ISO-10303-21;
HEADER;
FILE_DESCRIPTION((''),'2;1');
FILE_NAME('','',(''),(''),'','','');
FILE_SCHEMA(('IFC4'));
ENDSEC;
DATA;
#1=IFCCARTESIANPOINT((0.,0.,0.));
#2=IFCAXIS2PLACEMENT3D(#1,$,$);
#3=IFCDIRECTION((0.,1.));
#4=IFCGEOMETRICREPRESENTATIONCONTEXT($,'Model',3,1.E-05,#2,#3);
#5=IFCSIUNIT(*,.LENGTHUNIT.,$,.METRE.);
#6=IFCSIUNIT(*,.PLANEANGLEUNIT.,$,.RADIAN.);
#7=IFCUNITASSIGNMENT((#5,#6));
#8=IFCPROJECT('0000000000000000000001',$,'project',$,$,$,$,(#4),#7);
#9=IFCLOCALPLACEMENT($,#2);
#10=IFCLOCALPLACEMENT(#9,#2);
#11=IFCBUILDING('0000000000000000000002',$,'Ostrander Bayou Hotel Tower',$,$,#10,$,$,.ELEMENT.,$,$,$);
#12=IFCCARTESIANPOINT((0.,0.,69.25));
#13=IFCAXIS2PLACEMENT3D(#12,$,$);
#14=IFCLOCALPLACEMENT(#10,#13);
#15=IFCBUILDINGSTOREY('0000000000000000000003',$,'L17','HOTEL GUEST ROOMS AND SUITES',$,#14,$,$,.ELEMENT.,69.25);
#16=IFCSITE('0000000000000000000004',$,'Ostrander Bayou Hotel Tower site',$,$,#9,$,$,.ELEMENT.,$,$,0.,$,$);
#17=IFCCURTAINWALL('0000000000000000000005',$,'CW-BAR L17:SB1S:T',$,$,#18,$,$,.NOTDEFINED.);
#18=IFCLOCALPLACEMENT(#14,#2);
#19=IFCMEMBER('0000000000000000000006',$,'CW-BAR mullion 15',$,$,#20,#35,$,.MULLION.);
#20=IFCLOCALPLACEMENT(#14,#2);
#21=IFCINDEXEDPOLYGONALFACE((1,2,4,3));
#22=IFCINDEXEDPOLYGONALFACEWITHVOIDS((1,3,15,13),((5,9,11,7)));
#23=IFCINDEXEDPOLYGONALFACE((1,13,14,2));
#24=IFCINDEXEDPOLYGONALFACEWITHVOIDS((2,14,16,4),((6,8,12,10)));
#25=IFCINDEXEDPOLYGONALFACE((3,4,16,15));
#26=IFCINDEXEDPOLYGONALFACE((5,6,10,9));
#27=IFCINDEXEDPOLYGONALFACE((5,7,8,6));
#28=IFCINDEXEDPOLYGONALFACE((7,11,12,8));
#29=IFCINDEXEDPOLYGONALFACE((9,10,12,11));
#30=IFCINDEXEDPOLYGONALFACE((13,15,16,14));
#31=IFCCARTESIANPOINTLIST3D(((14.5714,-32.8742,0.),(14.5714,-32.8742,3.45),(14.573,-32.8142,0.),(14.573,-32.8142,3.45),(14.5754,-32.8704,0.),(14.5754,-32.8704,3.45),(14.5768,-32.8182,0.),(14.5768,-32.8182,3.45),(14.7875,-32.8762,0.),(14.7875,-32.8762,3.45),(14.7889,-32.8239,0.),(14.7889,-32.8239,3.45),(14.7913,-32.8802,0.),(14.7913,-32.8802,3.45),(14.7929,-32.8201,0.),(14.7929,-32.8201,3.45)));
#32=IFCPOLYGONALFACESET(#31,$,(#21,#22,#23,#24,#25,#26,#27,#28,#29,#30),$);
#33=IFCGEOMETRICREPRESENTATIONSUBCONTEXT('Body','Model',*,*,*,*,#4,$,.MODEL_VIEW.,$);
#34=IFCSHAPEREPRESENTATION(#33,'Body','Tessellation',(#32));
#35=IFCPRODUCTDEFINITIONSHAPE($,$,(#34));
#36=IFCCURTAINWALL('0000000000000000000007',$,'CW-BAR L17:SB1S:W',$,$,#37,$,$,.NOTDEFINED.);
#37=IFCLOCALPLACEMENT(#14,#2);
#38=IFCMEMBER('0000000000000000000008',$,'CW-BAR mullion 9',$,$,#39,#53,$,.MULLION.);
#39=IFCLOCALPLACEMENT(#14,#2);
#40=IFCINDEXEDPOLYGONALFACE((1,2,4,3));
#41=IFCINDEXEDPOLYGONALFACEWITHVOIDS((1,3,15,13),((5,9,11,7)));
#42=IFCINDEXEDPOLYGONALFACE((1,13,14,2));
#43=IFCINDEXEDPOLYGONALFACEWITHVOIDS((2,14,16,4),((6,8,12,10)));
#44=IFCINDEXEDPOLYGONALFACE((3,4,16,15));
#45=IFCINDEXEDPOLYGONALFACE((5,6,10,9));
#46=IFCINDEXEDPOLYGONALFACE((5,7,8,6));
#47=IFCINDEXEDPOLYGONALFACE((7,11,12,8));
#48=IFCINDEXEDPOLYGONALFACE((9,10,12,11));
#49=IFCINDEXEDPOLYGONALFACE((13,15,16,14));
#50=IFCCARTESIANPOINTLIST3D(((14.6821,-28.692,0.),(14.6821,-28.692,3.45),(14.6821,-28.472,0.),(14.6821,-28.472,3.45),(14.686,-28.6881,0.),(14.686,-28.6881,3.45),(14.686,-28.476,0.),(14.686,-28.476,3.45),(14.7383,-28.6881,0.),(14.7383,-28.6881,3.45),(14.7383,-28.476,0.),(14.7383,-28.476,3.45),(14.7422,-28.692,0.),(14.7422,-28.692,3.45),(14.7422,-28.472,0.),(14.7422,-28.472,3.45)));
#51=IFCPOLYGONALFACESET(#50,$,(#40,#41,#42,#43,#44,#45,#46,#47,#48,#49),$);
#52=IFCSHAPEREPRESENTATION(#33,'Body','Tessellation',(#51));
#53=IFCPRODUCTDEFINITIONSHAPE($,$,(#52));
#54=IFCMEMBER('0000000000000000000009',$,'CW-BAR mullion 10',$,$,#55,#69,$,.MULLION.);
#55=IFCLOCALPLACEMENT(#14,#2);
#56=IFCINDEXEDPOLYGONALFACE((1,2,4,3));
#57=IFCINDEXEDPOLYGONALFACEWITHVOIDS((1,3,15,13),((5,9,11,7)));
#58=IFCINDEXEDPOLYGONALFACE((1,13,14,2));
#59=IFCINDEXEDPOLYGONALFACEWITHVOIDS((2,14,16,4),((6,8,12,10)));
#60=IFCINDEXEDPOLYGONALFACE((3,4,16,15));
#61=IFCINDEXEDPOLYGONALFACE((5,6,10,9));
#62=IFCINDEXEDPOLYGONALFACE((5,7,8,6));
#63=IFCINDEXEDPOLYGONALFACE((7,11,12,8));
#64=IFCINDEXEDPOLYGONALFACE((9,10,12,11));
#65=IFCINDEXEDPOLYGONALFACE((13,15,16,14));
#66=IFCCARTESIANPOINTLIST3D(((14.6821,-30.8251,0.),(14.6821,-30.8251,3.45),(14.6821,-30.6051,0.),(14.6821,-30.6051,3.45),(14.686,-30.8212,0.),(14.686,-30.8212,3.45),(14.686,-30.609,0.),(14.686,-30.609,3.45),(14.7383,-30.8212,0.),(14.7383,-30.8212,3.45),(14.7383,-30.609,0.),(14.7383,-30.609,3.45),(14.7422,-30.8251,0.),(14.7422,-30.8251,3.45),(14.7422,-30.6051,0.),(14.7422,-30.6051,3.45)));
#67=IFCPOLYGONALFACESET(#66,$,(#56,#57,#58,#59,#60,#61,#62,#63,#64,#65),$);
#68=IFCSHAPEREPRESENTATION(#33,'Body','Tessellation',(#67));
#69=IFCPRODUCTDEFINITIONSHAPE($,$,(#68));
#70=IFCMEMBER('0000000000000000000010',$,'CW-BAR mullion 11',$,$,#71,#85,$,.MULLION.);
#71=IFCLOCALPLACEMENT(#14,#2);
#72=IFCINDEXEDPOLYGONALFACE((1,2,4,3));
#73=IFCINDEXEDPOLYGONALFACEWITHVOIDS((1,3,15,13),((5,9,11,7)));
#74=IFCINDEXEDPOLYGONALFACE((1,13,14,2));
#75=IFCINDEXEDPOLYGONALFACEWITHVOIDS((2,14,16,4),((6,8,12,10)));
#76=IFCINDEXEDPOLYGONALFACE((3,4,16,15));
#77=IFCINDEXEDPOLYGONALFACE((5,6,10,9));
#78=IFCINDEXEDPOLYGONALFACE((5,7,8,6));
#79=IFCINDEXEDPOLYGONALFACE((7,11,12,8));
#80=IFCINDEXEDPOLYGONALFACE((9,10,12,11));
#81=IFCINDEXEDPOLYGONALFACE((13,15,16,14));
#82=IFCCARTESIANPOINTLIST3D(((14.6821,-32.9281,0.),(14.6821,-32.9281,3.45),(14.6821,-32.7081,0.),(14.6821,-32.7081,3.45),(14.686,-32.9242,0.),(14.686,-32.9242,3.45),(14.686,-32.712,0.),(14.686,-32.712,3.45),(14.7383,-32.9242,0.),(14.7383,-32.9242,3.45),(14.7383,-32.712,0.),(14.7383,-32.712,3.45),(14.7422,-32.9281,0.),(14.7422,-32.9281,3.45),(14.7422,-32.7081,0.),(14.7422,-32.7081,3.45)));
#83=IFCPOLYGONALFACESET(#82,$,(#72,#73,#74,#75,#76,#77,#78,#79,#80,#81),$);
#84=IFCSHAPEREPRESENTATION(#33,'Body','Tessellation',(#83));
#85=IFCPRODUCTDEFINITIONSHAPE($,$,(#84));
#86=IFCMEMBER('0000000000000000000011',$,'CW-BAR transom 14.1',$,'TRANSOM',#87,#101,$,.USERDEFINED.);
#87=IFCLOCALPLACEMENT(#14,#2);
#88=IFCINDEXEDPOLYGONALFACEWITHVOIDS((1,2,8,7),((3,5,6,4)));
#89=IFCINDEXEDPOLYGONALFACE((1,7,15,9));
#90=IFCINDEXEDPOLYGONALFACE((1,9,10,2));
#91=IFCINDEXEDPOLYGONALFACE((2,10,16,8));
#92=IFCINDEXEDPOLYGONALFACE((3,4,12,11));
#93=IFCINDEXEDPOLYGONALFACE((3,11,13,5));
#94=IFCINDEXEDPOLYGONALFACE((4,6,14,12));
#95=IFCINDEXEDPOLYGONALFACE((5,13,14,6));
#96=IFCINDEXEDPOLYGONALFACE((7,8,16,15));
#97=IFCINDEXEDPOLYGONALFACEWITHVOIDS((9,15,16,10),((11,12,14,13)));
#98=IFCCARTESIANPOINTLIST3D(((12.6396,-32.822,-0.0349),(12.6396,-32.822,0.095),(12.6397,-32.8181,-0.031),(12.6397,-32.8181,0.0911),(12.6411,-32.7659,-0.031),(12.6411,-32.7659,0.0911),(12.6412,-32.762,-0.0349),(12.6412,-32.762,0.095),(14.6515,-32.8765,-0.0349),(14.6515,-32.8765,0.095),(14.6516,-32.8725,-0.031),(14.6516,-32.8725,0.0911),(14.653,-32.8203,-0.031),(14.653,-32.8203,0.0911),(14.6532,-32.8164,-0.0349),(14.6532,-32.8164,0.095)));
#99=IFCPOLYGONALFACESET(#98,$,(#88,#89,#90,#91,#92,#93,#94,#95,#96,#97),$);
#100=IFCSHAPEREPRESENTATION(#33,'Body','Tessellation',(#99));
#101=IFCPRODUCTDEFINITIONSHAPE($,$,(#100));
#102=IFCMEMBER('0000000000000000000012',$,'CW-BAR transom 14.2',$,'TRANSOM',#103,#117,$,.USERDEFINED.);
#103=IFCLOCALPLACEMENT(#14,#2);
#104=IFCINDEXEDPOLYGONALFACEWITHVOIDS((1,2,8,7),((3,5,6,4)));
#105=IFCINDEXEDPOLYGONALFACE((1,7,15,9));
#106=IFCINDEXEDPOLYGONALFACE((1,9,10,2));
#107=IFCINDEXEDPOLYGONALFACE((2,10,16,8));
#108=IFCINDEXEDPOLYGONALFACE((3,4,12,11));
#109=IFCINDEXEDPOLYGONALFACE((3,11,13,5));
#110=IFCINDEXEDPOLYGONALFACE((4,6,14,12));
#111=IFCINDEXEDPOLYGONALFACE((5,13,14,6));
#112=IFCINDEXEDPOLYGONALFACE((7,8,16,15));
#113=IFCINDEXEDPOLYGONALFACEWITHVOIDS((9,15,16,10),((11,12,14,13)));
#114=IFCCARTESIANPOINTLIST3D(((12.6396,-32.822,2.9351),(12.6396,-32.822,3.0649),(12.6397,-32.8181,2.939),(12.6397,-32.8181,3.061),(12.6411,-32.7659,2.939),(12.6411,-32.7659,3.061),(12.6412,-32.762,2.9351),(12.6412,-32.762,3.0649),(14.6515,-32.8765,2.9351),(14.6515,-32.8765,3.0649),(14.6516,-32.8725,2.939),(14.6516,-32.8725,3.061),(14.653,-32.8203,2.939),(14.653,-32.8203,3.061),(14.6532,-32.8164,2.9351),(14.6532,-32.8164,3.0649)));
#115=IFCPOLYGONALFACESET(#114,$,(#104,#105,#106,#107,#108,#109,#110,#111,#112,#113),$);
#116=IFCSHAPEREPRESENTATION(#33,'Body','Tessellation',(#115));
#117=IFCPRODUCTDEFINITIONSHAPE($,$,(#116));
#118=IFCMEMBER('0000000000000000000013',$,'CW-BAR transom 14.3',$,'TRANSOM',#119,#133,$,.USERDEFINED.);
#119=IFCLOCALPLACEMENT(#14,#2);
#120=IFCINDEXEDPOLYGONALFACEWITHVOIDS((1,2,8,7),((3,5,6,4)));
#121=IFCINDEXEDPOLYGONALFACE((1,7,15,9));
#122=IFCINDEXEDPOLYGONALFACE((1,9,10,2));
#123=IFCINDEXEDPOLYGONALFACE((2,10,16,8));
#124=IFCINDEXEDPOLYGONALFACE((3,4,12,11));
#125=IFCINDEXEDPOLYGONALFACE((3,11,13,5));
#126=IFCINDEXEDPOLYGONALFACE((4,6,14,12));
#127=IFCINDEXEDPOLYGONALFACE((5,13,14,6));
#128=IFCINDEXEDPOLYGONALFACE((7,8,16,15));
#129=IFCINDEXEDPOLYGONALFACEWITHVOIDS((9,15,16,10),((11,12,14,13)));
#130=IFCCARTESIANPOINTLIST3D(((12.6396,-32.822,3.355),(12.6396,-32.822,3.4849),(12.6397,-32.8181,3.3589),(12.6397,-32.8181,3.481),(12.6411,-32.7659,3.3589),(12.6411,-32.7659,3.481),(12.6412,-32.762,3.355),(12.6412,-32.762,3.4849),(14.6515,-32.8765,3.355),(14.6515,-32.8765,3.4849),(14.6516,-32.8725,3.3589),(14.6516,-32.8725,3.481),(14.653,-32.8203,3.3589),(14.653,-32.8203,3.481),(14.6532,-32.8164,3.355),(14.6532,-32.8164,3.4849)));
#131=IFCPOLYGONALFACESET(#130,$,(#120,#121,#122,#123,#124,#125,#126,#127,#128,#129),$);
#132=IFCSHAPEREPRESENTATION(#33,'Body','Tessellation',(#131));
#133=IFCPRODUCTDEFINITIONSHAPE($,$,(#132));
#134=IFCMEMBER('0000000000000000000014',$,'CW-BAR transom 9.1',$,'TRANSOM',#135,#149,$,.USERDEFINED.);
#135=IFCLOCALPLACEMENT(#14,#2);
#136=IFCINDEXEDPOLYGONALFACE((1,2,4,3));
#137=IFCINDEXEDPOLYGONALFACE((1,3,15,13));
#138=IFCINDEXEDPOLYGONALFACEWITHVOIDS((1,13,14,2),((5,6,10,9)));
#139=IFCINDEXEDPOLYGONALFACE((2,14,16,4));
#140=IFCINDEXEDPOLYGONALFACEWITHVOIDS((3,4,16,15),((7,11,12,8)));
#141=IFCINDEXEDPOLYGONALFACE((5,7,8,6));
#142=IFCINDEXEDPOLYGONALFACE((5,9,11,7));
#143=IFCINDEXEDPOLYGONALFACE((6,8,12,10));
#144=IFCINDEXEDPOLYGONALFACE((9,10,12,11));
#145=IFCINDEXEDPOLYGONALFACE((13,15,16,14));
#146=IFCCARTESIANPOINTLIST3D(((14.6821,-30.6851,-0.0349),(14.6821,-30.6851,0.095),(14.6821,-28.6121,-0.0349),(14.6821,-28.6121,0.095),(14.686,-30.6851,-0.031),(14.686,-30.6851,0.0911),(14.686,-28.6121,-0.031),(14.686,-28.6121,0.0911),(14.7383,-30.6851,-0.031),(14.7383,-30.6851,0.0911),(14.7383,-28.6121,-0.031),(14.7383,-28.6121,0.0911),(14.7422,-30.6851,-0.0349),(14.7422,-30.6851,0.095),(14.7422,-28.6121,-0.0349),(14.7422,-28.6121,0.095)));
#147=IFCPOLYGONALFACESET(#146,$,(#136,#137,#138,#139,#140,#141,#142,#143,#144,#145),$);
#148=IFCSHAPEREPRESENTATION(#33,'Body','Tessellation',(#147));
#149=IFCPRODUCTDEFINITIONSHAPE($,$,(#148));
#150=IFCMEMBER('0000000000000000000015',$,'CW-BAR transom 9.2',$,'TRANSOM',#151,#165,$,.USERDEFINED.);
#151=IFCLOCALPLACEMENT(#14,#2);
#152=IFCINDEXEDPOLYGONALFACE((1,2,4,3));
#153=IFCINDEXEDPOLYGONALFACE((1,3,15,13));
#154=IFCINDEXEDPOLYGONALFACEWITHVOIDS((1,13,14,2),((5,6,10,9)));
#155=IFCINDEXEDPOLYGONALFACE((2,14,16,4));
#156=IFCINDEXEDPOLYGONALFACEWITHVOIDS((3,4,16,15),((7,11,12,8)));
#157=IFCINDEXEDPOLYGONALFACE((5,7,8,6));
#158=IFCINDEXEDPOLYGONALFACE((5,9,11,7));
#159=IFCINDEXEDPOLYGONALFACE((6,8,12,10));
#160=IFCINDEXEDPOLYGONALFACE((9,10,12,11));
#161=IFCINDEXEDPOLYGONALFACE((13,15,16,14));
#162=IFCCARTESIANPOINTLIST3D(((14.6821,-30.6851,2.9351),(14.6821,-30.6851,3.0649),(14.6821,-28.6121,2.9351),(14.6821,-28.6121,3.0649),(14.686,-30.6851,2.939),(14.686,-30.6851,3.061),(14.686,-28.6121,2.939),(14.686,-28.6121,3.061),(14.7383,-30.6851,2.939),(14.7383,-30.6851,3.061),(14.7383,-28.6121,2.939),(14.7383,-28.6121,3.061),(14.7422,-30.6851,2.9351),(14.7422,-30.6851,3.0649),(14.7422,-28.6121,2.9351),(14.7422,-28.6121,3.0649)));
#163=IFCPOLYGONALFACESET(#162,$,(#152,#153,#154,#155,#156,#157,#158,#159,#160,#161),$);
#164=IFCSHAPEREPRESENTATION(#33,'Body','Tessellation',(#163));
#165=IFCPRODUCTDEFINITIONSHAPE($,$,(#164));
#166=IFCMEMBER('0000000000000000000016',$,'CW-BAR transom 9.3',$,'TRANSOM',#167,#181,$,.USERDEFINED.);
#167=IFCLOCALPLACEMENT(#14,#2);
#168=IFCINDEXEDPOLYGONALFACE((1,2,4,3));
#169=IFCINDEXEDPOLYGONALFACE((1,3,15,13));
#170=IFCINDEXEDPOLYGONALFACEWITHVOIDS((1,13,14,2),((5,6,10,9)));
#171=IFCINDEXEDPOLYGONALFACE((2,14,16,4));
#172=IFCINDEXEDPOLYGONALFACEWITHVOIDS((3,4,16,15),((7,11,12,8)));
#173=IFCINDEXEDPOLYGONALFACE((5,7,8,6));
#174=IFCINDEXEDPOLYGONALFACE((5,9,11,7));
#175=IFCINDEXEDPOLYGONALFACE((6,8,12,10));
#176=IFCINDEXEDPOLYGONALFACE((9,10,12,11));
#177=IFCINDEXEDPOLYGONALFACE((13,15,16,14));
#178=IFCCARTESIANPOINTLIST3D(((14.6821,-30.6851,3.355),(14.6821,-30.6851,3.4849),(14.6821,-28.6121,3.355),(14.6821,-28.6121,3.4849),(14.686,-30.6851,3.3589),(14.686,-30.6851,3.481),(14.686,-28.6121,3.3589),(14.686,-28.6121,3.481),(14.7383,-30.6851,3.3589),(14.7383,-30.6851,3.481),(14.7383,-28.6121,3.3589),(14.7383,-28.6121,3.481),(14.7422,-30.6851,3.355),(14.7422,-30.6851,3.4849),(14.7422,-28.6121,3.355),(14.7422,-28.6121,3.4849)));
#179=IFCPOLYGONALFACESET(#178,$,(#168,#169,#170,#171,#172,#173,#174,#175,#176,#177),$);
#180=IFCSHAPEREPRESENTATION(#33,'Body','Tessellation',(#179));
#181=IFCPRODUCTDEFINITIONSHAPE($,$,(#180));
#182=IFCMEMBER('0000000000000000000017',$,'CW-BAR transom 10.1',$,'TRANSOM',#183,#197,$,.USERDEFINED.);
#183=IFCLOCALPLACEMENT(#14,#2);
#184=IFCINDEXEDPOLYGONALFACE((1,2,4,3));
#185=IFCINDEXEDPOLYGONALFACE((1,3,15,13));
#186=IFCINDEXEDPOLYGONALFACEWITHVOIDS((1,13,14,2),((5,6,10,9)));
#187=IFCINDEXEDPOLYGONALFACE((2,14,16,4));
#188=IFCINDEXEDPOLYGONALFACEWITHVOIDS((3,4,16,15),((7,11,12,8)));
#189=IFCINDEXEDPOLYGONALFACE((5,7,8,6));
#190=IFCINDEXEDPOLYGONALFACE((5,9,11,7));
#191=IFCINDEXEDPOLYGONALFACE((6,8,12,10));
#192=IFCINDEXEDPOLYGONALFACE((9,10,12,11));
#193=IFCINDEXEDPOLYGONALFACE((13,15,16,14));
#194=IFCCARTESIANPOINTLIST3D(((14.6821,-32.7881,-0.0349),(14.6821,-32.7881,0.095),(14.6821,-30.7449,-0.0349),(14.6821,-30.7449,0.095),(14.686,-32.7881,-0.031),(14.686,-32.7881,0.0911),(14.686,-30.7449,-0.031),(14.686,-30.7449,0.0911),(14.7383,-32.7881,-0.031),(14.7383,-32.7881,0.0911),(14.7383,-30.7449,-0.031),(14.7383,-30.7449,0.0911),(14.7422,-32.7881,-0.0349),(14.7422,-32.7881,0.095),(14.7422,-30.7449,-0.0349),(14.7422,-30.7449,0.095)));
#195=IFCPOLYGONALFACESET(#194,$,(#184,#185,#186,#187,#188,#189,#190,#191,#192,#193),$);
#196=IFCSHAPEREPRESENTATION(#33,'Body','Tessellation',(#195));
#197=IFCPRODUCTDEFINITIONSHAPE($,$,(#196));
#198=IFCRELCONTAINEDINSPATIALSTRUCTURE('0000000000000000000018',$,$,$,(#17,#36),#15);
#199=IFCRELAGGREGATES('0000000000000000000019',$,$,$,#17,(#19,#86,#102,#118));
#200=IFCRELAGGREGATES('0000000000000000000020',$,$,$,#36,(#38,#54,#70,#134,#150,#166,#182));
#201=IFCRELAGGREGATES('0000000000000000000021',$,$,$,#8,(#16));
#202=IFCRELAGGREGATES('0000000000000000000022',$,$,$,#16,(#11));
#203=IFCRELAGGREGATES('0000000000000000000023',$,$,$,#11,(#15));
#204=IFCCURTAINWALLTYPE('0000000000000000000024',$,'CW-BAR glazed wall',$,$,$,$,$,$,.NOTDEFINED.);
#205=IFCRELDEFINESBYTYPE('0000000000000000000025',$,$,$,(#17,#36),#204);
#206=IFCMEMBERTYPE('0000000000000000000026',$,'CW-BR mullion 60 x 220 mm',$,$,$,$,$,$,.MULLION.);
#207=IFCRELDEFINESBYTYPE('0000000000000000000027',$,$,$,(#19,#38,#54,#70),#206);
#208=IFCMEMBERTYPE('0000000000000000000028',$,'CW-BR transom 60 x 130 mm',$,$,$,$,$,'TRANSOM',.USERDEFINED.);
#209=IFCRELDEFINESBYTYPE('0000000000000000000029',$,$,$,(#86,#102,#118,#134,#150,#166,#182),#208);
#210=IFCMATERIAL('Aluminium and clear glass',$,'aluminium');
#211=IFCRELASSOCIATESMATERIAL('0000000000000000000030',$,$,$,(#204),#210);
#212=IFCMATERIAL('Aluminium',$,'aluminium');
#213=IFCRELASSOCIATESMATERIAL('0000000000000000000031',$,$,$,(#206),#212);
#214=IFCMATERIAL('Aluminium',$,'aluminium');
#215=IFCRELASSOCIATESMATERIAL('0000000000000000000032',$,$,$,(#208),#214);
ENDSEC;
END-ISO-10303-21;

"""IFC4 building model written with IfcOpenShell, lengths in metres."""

from ifc_helpers import new_model, si_unit, direction, frame, origin, origin_2d, place, context, subcontext, project, spatial, hollow_rectangle, extrude, material, material_profile, profile_set, type_object, element, aggregate, save


model = new_model("IFC4")

# Units and contexts
model_context = context("Model", 3, precision=1e-05, world=origin(), true_north=direction((0.0, 1.0)))
body_context = subcontext(model_context, "Body", "Model", "MODEL_VIEW")
ifc_project = project(units=[si_unit("LENGTHUNIT", "METRE"), si_unit("PLANEANGLEUNIT", "RADIAN")], contexts=[model_context])

# Site, building, storey
site_placement = place(None, origin())
site = spatial("IfcSite", under=ifc_project, at=site_placement, Name="Ostrander Bayou Hotel Tower site", CompositionType="ELEMENT", RefElevation=0.0)
building_placement = place(site_placement, origin())
building = spatial("IfcBuilding", under=site, at=building_placement, Name="Ostrander Bayou Hotel Tower", CompositionType="ELEMENT")
storey_placement = place(building_placement, frame((0.0, 0.0, 69.25)))
storey = spatial("IfcBuildingStorey", under=building, at=storey_placement, Name="L17", Description="HOTEL GUEST ROOMS AND SUITES", CompositionType="ELEMENT", Elevation=69.25)

# Curtain wall, member
ifc_material_1 = material(Name="Aluminium and clear glass", Category="aluminium")
curtain_wall_type = type_object("IfcCurtainWallType", Name="CW-BAR glazed wall", PredefinedType="NOTDEFINED", material=ifc_material_1)
curtain_wall_1_placement = place(storey_placement, origin())
curtain_wall_1 = element("IfcCurtainWall", 1, at=curtain_wall_1_placement, inside=storey, type_object=curtain_wall_type, Name="CW-BAR L17:SB1S:T", PredefinedType="NOTDEFINED")
ifc_material_2 = material(Name="Aluminium", Category="aluminium")
ifc_material_profile_1 = material_profile(ifc_material_2, hollow_rectangle(XDim=0.0601, YDim=0.22, WallThickness=0.0039, at=origin_2d()))
ifc_profile_set_1 = profile_set([ifc_material_profile_1], Name="Aluminium")
member_type_1 = type_object("IfcMemberType", Name="CW-BR mullion 60 x 220 mm", PredefinedType="MULLION", material=ifc_profile_set_1)
member_1_placement = place(storey_placement, frame((14.6821, -32.8472, 0.0), z_axis=(0.0, 0.0, 1.0), x_axis=(0.027042, 0.999634, 0.0)))
member_1 = element("IfcMember", 2, at=member_1_placement, type_object=member_type_1, Name="CW-BAR mullion 15", PredefinedType="MULLION", context=body_context, shape_type="SweptSolid", body=[
    extrude(hollow_rectangle(XDim=0.0601, YDim=0.22, WallThickness=0.0039, at=origin_2d()), origin(), (0.0, 0.0, 1.0), 3.45),
])

# Curtain wall, members
curtain_wall_2_placement = place(storey_placement, origin())
curtain_wall_2 = element("IfcCurtainWall", 3, at=curtain_wall_2_placement, inside=storey, type_object=curtain_wall_type, Name="CW-BAR L17:SB1S:W", PredefinedType="NOTDEFINED")
member_2_placement = place(storey_placement, frame((14.7122, -28.582, 0.0), z_axis=(0.0, 0.0, 1.0), x_axis=(1.0, 0.0, 0.0)))
member_2 = element("IfcMember", 4, at=member_2_placement, type_object=member_type_1, Name="CW-BAR mullion 9", PredefinedType="MULLION", context=body_context, shape_type="SweptSolid", body=[
    extrude(hollow_rectangle(XDim=0.0601, YDim=0.22, WallThickness=0.0039, at=origin_2d()), origin(), (0.0, 0.0, 1.0), 3.45),
])
member_3_placement = place(storey_placement, frame((14.7122, -30.7151, 0.0), z_axis=(0.0, 0.0, 1.0), x_axis=(1.0, 0.0, 0.0)))
member_3 = element("IfcMember", 5, at=member_3_placement, type_object=member_type_1, Name="CW-BAR mullion 10", PredefinedType="MULLION", context=body_context, shape_type="SweptSolid", body=[
    extrude(hollow_rectangle(XDim=0.0601, YDim=0.22, WallThickness=0.0039, at=origin_2d()), origin(), (0.0, 0.0, 1.0), 3.45),
])
member_4_placement = place(storey_placement, frame((14.7122, -32.8181, 0.0), z_axis=(0.0, 0.0, 1.0), x_axis=(1.0, 0.0, 0.0)))
member_4 = element("IfcMember", 6, at=member_4_placement, type_object=member_type_1, Name="CW-BAR mullion 11", PredefinedType="MULLION", context=body_context, shape_type="SweptSolid", body=[
    extrude(hollow_rectangle(XDim=0.0601, YDim=0.22, WallThickness=0.0039, at=origin_2d()), origin(), (0.0, 0.0, 1.0), 3.45),
])

# Members
ifc_material_3 = material(Name="Aluminium", Category="aluminium")
ifc_material_profile_2 = material_profile(ifc_material_3, hollow_rectangle(XDim=0.0601, YDim=0.1299, WallThickness=0.0039, at=origin_2d()))
ifc_profile_set_2 = profile_set([ifc_material_profile_2], Name="Aluminium")
member_type_2 = type_object("IfcMemberType", Name="CW-BR transom 60 x 130 mm", ElementType="TRANSOM", PredefinedType="USERDEFINED", material=ifc_profile_set_2)
member_5_placement = place(storey_placement, frame((12.6404, -32.792, 0.03), z_axis=(0.999634, -0.02705, 0.0), x_axis=(0.02705, 0.999634, 0.0)))
member_5 = element("IfcMember", 7, at=member_5_placement, type_object=member_type_2, Name="CW-BAR transom 14.1", ObjectType="TRANSOM", PredefinedType="USERDEFINED", context=body_context, shape_type="SweptSolid", body=[
    extrude(hollow_rectangle(XDim=0.0601, YDim=0.1299, WallThickness=0.0039, at=origin_2d()), origin(), (0.0, 0.0, 1.0), 2.0127),
])
member_6_placement = place(storey_placement, frame((12.6404, -32.792, 3.0), z_axis=(0.999634, -0.02705, 0.0), x_axis=(0.02705, 0.999634, 0.0)))
member_6 = element("IfcMember", 8, at=member_6_placement, type_object=member_type_2, Name="CW-BAR transom 14.2", ObjectType="TRANSOM", PredefinedType="USERDEFINED", context=body_context, shape_type="SweptSolid", body=[
    extrude(hollow_rectangle(XDim=0.0601, YDim=0.1299, WallThickness=0.0039, at=origin_2d()), origin(), (0.0, 0.0, 1.0), 2.0127),
])
member_7_placement = place(storey_placement, frame((12.6404, -32.792, 3.4199), z_axis=(0.999634, -0.02705, 0.0), x_axis=(0.02705, 0.999634, 0.0)))
member_7 = element("IfcMember", 9, at=member_7_placement, type_object=member_type_2, Name="CW-BAR transom 14.3", ObjectType="TRANSOM", PredefinedType="USERDEFINED", context=body_context, shape_type="SweptSolid", body=[
    extrude(hollow_rectangle(XDim=0.0601, YDim=0.1299, WallThickness=0.0039, at=origin_2d()), origin(), (0.0, 0.0, 1.0), 2.0127),
])
member_8_placement = place(storey_placement, frame((14.7122, -28.6121, 0.03), z_axis=(0.0, -1.0, 0.0), x_axis=(1.0, 0.0, 0.0)))
member_8 = element("IfcMember", 10, at=member_8_placement, type_object=member_type_2, Name="CW-BAR transom 9.1", ObjectType="TRANSOM", PredefinedType="USERDEFINED", context=body_context, shape_type="SweptSolid", body=[
    extrude(hollow_rectangle(XDim=0.0601, YDim=0.1299, WallThickness=0.0039, at=origin_2d()), origin(), (0.0, 0.0, 1.0), 2.073),
])
member_9_placement = place(storey_placement, frame((14.7122, -28.6121, 3.0), z_axis=(0.0, -1.0, 0.0), x_axis=(1.0, 0.0, 0.0)))
member_9 = element("IfcMember", 11, at=member_9_placement, type_object=member_type_2, Name="CW-BAR transom 9.2", ObjectType="TRANSOM", PredefinedType="USERDEFINED", context=body_context, shape_type="SweptSolid", body=[
    extrude(hollow_rectangle(XDim=0.0601, YDim=0.1299, WallThickness=0.0039, at=origin_2d()), origin(), (0.0, 0.0, 1.0), 2.073),
])
member_10_placement = place(storey_placement, frame((14.7122, -28.6121, 3.4199), z_axis=(0.0, -1.0, 0.0), x_axis=(1.0, 0.0, 0.0)))
member_10 = element("IfcMember", 12, at=member_10_placement, type_object=member_type_2, Name="CW-BAR transom 9.3", ObjectType="TRANSOM", PredefinedType="USERDEFINED", context=body_context, shape_type="SweptSolid", body=[
    extrude(hollow_rectangle(XDim=0.0601, YDim=0.1299, WallThickness=0.0039, at=origin_2d()), origin(), (0.0, 0.0, 1.0), 2.073),
])
member_11_placement = place(storey_placement, frame((14.7122, -30.7449, 0.03), z_axis=(0.0, -1.0, 0.0), x_axis=(1.0, 0.0, 0.0)))
member_11 = element("IfcMember", 13, at=member_11_placement, type_object=member_type_2, Name="CW-BAR transom 10.1", ObjectType="TRANSOM", PredefinedType="USERDEFINED", context=body_context, shape_type="SweptSolid", body=[
    extrude(hollow_rectangle(XDim=0.0601, YDim=0.1299, WallThickness=0.0039, at=origin_2d()), origin(), (0.0, 0.0, 1.0), 2.0432),
])

aggregate(curtain_wall_1, [member_1, member_5, member_6, member_7])
aggregate(curtain_wall_2, [member_2, member_3, member_4, member_8, member_9, member_10, member_11])

save(model, "model.ifc")
